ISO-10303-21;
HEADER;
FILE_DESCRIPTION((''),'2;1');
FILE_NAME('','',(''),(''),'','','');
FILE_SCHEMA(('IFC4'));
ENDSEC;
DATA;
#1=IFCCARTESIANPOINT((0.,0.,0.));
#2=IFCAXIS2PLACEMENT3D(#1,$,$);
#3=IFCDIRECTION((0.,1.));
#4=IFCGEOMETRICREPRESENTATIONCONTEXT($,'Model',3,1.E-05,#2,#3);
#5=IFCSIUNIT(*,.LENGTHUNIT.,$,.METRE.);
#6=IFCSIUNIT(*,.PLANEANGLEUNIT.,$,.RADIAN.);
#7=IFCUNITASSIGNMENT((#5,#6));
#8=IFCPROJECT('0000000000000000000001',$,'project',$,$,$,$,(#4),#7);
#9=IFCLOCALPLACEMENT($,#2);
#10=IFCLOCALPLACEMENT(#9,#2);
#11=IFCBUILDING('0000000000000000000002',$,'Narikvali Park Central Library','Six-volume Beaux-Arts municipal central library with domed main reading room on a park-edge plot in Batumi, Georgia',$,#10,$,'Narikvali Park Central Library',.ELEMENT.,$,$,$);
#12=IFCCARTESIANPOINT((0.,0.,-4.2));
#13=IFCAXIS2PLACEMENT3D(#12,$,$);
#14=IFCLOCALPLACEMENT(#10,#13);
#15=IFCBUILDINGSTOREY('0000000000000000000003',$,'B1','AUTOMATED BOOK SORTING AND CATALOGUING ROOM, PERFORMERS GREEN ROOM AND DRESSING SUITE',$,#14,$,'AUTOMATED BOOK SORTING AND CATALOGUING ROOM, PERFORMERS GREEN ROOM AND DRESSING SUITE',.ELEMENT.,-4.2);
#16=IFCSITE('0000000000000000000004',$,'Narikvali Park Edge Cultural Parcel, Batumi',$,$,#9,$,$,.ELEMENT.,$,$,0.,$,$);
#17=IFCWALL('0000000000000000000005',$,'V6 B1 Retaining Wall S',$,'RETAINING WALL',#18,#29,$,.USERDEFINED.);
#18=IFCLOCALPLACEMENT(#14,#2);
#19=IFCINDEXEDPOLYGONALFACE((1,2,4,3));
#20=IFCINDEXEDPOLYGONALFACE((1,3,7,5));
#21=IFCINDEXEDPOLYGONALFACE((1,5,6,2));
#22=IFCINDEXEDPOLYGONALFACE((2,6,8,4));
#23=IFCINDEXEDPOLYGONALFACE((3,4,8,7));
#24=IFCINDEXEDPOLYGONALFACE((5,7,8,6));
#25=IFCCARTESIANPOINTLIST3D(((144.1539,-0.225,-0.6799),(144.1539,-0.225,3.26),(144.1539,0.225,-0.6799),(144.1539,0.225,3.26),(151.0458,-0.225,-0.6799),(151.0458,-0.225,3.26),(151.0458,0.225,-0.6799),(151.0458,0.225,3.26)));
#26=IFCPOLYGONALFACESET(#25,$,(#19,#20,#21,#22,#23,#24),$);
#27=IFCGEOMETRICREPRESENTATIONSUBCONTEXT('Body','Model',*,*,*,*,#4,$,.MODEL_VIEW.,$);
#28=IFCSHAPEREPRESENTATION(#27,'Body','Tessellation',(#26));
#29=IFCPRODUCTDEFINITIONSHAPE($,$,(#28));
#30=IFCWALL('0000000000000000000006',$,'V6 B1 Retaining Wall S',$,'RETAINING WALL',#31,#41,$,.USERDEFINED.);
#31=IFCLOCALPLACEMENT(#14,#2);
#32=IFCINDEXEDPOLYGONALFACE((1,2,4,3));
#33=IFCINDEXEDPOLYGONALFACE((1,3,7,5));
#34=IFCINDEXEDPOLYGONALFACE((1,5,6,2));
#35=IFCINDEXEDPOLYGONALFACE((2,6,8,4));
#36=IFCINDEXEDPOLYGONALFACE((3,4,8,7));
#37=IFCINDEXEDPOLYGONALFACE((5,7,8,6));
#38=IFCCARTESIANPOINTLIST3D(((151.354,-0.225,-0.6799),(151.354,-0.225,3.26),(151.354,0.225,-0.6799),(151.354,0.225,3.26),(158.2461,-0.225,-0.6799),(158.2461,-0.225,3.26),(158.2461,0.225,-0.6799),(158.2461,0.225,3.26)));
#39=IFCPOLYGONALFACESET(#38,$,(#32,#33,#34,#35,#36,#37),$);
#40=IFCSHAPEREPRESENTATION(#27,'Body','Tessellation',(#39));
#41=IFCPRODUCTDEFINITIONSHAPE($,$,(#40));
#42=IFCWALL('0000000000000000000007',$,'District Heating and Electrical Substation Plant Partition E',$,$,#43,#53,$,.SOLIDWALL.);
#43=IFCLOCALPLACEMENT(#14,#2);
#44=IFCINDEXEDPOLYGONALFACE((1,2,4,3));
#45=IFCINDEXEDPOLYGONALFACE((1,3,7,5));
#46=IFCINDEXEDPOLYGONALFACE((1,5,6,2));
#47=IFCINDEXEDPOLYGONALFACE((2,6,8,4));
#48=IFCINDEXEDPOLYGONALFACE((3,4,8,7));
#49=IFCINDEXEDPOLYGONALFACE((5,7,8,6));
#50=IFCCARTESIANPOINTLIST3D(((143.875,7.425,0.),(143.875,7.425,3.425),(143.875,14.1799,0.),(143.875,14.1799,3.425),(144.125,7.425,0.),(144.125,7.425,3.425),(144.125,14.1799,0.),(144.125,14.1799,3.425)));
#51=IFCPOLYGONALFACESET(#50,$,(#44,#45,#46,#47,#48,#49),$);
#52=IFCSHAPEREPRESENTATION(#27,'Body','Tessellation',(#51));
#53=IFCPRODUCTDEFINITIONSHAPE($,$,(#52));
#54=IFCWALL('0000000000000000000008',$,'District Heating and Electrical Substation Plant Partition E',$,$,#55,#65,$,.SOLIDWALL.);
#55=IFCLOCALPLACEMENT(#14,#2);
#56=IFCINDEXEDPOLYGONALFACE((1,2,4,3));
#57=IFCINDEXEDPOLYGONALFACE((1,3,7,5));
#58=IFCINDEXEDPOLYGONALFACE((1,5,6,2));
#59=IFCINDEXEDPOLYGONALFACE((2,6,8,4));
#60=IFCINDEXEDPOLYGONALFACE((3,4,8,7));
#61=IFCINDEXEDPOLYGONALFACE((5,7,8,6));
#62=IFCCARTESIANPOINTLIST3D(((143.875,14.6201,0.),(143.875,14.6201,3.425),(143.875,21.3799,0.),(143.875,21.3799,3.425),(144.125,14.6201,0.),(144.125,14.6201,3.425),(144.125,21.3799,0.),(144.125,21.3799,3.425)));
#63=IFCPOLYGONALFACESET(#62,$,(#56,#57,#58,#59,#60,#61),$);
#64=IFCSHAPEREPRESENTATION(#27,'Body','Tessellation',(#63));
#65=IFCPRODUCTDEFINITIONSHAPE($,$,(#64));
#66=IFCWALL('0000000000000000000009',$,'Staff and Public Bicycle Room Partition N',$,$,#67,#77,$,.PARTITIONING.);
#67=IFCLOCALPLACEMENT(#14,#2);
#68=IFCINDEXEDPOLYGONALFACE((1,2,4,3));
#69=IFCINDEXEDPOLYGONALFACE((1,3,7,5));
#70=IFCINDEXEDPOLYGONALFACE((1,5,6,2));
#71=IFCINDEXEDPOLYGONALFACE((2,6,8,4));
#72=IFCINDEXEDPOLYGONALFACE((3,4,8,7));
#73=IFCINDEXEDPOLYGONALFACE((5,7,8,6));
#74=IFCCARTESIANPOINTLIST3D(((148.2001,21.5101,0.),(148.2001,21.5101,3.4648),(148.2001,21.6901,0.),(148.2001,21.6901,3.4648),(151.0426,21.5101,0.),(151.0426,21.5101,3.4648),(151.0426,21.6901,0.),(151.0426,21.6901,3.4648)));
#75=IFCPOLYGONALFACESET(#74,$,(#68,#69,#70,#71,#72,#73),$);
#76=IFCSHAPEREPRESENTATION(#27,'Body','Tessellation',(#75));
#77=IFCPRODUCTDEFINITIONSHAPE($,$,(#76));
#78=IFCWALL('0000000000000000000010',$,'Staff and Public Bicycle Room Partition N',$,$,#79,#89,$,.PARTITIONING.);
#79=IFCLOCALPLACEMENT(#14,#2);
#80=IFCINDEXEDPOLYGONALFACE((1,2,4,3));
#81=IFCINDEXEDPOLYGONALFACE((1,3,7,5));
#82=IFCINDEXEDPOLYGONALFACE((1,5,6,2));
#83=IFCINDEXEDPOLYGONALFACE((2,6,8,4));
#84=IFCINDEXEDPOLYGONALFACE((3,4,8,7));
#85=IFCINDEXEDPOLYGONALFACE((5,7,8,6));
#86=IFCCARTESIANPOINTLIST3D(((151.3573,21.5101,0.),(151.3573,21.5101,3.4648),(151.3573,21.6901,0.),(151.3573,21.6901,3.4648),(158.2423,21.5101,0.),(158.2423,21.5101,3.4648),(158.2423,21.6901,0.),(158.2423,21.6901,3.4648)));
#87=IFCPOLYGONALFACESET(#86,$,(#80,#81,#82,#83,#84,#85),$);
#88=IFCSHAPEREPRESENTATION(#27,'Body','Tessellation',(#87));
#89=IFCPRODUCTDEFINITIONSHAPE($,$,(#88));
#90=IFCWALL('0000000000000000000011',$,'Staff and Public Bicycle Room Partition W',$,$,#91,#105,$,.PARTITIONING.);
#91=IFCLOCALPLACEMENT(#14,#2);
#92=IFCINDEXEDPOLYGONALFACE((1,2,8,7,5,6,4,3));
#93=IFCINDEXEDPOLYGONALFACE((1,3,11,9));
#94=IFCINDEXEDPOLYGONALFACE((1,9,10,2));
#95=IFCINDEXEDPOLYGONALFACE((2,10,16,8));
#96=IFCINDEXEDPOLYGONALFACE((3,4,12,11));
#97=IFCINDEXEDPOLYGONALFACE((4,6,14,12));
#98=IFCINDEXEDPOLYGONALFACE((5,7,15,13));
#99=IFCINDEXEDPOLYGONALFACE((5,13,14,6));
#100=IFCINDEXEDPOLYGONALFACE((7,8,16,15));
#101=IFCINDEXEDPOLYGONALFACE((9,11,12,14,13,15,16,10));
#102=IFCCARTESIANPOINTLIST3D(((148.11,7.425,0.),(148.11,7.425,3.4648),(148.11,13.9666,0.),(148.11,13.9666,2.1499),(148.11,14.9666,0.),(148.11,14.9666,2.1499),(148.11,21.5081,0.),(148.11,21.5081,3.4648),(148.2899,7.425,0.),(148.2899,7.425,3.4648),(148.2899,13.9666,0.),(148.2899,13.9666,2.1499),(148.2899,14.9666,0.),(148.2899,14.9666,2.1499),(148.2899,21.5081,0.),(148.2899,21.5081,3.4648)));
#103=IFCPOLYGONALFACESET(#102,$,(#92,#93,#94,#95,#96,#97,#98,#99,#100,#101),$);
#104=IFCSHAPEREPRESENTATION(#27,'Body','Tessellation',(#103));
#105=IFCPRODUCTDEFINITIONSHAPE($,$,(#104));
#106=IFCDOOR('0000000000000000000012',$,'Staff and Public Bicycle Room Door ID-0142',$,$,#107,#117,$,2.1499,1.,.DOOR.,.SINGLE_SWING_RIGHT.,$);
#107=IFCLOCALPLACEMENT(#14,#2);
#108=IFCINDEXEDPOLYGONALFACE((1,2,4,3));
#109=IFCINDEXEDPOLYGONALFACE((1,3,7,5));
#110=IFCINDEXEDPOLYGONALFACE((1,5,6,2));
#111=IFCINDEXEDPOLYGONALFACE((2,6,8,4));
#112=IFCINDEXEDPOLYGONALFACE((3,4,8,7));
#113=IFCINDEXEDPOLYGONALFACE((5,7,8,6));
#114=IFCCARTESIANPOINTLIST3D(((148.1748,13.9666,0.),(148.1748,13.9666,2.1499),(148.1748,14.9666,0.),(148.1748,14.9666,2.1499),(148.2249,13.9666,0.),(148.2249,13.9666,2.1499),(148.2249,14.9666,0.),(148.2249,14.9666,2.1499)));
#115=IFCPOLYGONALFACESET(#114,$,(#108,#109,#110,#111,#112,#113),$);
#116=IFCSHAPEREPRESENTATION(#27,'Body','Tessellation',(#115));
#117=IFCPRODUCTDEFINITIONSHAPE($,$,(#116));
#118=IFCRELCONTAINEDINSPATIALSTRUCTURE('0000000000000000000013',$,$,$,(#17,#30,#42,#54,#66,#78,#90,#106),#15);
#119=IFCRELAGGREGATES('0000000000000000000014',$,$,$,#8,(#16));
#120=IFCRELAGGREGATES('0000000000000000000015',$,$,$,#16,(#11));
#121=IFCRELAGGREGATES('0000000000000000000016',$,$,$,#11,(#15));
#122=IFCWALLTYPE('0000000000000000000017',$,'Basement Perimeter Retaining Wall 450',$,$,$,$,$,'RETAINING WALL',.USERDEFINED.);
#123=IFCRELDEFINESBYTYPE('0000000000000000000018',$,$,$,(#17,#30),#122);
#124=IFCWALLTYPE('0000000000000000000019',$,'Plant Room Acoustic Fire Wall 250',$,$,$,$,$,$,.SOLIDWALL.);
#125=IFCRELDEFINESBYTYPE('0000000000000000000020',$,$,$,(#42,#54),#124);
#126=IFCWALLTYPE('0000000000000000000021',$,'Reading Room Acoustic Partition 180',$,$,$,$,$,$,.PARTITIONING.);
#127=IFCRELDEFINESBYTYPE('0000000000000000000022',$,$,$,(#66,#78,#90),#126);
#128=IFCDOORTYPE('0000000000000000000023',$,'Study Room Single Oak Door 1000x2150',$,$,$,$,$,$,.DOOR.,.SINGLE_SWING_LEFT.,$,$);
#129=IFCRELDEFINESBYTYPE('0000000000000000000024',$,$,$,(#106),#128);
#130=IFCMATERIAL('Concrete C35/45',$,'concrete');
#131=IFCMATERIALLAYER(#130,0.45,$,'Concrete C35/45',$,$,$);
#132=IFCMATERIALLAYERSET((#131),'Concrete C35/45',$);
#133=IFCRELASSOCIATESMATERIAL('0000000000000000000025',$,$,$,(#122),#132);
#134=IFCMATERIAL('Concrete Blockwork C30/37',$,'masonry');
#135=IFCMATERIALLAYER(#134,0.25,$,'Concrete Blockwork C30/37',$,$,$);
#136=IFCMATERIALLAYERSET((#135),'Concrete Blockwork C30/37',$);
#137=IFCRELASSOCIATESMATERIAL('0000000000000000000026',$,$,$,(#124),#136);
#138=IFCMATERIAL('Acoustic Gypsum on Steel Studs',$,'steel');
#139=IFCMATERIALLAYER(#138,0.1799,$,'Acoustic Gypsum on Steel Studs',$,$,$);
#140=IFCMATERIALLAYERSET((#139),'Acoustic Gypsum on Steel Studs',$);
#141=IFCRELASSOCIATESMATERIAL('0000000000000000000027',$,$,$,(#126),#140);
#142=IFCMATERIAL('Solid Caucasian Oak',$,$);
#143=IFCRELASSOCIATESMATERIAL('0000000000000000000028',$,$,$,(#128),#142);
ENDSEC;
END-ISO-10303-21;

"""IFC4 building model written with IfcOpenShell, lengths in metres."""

from ifc_helpers import new_model, si_unit, direction, frame, frame_2d, origin, place, context, subcontext, project, spatial, rectangle, extrude, material, layer, layer_set, type_object, element, fill, save


model = new_model("IFC4")

# Units and contexts
model_context = context("Model", 3, precision=1e-05, world=origin(), true_north=direction((0.0, 1.0)))
body_context = subcontext(model_context, "Body", "Model", "MODEL_VIEW")
ifc_project = project(units=[si_unit("LENGTHUNIT", "METRE"), si_unit("PLANEANGLEUNIT", "RADIAN")], contexts=[model_context])

# Site, building, storey
site_placement = place(None, origin())
site = spatial("IfcSite", under=ifc_project, at=site_placement, Name="Narikvali Park Edge Cultural Parcel, Batumi", CompositionType="ELEMENT", RefElevation=0.0)
building_placement = place(site_placement, origin())
building = spatial("IfcBuilding", under=site, at=building_placement, Name="Narikvali Park Central Library", Description="Six-volume Beaux-Arts municipal central library with domed main reading room on a park-edge plot in Batumi, Georgia", LongName="Narikvali Park Central Library", CompositionType="ELEMENT")
storey_placement = place(building_placement, frame((0.0, 0.0, -4.2)))
storey = spatial("IfcBuildingStorey", under=building, at=storey_placement, Name="B1", Description="AUTOMATED BOOK SORTING AND CATALOGUING ROOM, PERFORMERS GREEN ROOM AND DRESSING SUITE", LongName="AUTOMATED BOOK SORTING AND CATALOGUING ROOM, PERFORMERS GREEN ROOM AND DRESSING SUITE", CompositionType="ELEMENT", Elevation=-4.2)

# Shared definitions
ifc_material_1 = material(Name="Concrete C35/45", Category="concrete")

# Walls
ifc_layer_1 = layer(ifc_material_1, 0.45, Name="Concrete C35/45")
ifc_layer_set_1 = layer_set([ifc_layer_1], Name="Concrete C35/45")
wall_type_1 = type_object("IfcWallType", Name="Basement Perimeter Retaining Wall 450", ElementType="RETAINING WALL", PredefinedType="USERDEFINED", material=ifc_layer_set_1)
wall_1_placement = place(storey_placement, frame((144.1541, 0.0, -0.6799), z_axis=(0.0, 0.0, 1.0), x_axis=(1.0, 0.0, 0.0)))
element("IfcWall", 1, at=wall_1_placement, inside=storey, type_object=wall_type_1, Name="V6 B1 Retaining Wall S", ObjectType="RETAINING WALL", PredefinedType="USERDEFINED", context=body_context, shape_type="SweptSolid", body=[
    extrude(rectangle(XDim=6.8918, YDim=0.45, at=frame_2d((3.4458, 0.0))), origin(), (0.0, 0.0, 1.0), 3.9399),
])
wall_2_placement = place(storey_placement, frame((151.354, 0.0, -0.6799), z_axis=(0.0, 0.0, 1.0), x_axis=(1.0, 0.0, 0.0)))
element("IfcWall", 2, at=wall_2_placement, inside=storey, type_object=wall_type_1, Name="V6 B1 Retaining Wall S", ObjectType="RETAINING WALL", PredefinedType="USERDEFINED", context=body_context, shape_type="SweptSolid", body=[
    extrude(rectangle(XDim=6.8921, YDim=0.45, at=frame_2d((3.446, 0.0))), origin(), (0.0, 0.0, 1.0), 3.9399),
])
ifc_material_2 = material(Name="Concrete Blockwork C30/37", Category="masonry")
ifc_layer_2 = layer(ifc_material_2, 0.25, Name="Concrete Blockwork C30/37")
ifc_layer_set_2 = layer_set([ifc_layer_2], Name="Concrete Blockwork C30/37")
wall_type_2 = type_object("IfcWallType", Name="Plant Room Acoustic Fire Wall 250", PredefinedType="SOLIDWALL", material=ifc_layer_set_2)
wall_3_placement = place(storey_placement, frame((144.0, 7.425, 0.0), z_axis=(0.0, 0.0, 1.0), x_axis=(0.0, 1.0, 0.0)))
element("IfcWall", 3, at=wall_3_placement, inside=storey, type_object=wall_type_2, Name="District Heating and Electrical Substation Plant Partition E", PredefinedType="SOLIDWALL", context=body_context, shape_type="SweptSolid", body=[
    extrude(rectangle(XDim=6.7549, YDim=0.25, at=frame_2d((3.3774, 0.0))), origin(), (0.0, 0.0, 1.0), 3.425),
])
wall_4_placement = place(storey_placement, frame((144.0, 14.6201, 0.0), z_axis=(0.0, 0.0, 1.0), x_axis=(0.0, 1.0, 0.0)))
element("IfcWall", 4, at=wall_4_placement, inside=storey, type_object=wall_type_2, Name="District Heating and Electrical Substation Plant Partition E", PredefinedType="SOLIDWALL", context=body_context, shape_type="SweptSolid", body=[
    extrude(rectangle(XDim=6.7598, YDim=0.25, at=frame_2d((3.3799, 0.0))), origin(), (0.0, 0.0, 1.0), 3.425),
])
ifc_material_3 = material(Name="Acoustic Gypsum on Steel Studs", Category="steel")
ifc_layer_3 = layer(ifc_material_3, 0.1799, Name="Acoustic Gypsum on Steel Studs")
ifc_layer_set_3 = layer_set([ifc_layer_3], Name="Acoustic Gypsum on Steel Studs")
wall_type_3 = type_object("IfcWallType", Name="Reading Room Acoustic Partition 180", PredefinedType="PARTITIONING", material=ifc_layer_set_3)
wall_5_placement = place(storey_placement, frame((148.2, 21.6001, 0.0), z_axis=(0.0, 0.0, 1.0), x_axis=(1.0, 0.0, 0.0)))
element("IfcWall", 5, at=wall_5_placement, inside=storey, type_object=wall_type_3, Name="Staff and Public Bicycle Room Partition N", PredefinedType="PARTITIONING", context=body_context, shape_type="SweptSolid", body=[
    extrude(rectangle(XDim=2.8425, YDim=0.1799, at=frame_2d((1.4214, 0.0))), origin(), (0.0, 0.0, 1.0), 3.4648),
])
wall_6_placement = place(storey_placement, frame((151.3574, 21.6001, 0.0), z_axis=(0.0, 0.0, 1.0), x_axis=(1.0, 0.0, 0.0)))
element("IfcWall", 6, at=wall_6_placement, inside=storey, type_object=wall_type_3, Name="Staff and Public Bicycle Room Partition N", PredefinedType="PARTITIONING", context=body_context, shape_type="SweptSolid", body=[
    extrude(rectangle(XDim=6.885, YDim=0.1799, at=frame_2d((3.4424, 0.0))), origin(), (0.0, 0.0, 1.0), 3.4648),
])

# Wall, opening, door
wall_7_placement = place(storey_placement, frame((148.2, 7.425, 0.0), z_axis=(0.0, 0.0, 1.0), x_axis=(0.0, 1.0, 0.0)))
wall_7 = element("IfcWall", 7, at=wall_7_placement, inside=storey, type_object=wall_type_3, Name="Staff and Public Bicycle Room Partition W", PredefinedType="PARTITIONING", context=body_context, shape_type="SweptSolid", body=[
    extrude(rectangle(XDim=14.083, YDim=0.1799, at=frame_2d((7.0415, 0.0))), origin(), (0.0, 0.0, 1.0), 3.4648),
])
opening_placement = place(wall_7_placement, frame((6.5415, 0.0, 0.0)))
opening = element("IfcOpeningElement", 8, at=opening_placement, cuts=wall_7, PredefinedType="OPENING", context=body_context, shape_type="SweptSolid", body=[
    extrude(rectangle(XDim=1.0, YDim=2.1499, at=frame_2d((0.5, 1.075))), frame((0.0, 0.1021, 0.0), z_axis=(0.0, -1.0, 0.0), x_axis=(1.0, 0.0, 0.0)), (0.0, 0.0, 1.0), 0.2039),
])
ifc_material_4 = material(Name="Solid Caucasian Oak")
door_type = type_object("IfcDoorType", Name="Study Room Single Oak Door 1000x2150", OperationType="SINGLE_SWING_LEFT", PredefinedType="DOOR", material=ifc_material_4)
door_placement = place(opening_placement, frame((1.0, 0.0, 0.0), z_axis=(0.0, 0.0, 1.0), x_axis=(-1.0, 0.0, 0.0)))
door = element("IfcDoor", 9, at=door_placement, inside=storey, type_object=door_type, Name="Staff and Public Bicycle Room Door ID-0142", OperationType="SINGLE_SWING_RIGHT", OverallHeight=2.1499, OverallWidth=1.0, PredefinedType="DOOR", context=body_context, shape_type="SweptSolid", body=[
    extrude(rectangle(XDim=1.0, YDim=2.1499, at=frame_2d((0.5, 1.075))), frame((0.0, 0.0249, 0.0), z_axis=(0.0, -1.0, 0.0), x_axis=(1.0, 0.0, 0.0)), (0.0, 0.0, 1.0), 0.05),
])
fill(opening, door)

save(model, "model.ifc")
